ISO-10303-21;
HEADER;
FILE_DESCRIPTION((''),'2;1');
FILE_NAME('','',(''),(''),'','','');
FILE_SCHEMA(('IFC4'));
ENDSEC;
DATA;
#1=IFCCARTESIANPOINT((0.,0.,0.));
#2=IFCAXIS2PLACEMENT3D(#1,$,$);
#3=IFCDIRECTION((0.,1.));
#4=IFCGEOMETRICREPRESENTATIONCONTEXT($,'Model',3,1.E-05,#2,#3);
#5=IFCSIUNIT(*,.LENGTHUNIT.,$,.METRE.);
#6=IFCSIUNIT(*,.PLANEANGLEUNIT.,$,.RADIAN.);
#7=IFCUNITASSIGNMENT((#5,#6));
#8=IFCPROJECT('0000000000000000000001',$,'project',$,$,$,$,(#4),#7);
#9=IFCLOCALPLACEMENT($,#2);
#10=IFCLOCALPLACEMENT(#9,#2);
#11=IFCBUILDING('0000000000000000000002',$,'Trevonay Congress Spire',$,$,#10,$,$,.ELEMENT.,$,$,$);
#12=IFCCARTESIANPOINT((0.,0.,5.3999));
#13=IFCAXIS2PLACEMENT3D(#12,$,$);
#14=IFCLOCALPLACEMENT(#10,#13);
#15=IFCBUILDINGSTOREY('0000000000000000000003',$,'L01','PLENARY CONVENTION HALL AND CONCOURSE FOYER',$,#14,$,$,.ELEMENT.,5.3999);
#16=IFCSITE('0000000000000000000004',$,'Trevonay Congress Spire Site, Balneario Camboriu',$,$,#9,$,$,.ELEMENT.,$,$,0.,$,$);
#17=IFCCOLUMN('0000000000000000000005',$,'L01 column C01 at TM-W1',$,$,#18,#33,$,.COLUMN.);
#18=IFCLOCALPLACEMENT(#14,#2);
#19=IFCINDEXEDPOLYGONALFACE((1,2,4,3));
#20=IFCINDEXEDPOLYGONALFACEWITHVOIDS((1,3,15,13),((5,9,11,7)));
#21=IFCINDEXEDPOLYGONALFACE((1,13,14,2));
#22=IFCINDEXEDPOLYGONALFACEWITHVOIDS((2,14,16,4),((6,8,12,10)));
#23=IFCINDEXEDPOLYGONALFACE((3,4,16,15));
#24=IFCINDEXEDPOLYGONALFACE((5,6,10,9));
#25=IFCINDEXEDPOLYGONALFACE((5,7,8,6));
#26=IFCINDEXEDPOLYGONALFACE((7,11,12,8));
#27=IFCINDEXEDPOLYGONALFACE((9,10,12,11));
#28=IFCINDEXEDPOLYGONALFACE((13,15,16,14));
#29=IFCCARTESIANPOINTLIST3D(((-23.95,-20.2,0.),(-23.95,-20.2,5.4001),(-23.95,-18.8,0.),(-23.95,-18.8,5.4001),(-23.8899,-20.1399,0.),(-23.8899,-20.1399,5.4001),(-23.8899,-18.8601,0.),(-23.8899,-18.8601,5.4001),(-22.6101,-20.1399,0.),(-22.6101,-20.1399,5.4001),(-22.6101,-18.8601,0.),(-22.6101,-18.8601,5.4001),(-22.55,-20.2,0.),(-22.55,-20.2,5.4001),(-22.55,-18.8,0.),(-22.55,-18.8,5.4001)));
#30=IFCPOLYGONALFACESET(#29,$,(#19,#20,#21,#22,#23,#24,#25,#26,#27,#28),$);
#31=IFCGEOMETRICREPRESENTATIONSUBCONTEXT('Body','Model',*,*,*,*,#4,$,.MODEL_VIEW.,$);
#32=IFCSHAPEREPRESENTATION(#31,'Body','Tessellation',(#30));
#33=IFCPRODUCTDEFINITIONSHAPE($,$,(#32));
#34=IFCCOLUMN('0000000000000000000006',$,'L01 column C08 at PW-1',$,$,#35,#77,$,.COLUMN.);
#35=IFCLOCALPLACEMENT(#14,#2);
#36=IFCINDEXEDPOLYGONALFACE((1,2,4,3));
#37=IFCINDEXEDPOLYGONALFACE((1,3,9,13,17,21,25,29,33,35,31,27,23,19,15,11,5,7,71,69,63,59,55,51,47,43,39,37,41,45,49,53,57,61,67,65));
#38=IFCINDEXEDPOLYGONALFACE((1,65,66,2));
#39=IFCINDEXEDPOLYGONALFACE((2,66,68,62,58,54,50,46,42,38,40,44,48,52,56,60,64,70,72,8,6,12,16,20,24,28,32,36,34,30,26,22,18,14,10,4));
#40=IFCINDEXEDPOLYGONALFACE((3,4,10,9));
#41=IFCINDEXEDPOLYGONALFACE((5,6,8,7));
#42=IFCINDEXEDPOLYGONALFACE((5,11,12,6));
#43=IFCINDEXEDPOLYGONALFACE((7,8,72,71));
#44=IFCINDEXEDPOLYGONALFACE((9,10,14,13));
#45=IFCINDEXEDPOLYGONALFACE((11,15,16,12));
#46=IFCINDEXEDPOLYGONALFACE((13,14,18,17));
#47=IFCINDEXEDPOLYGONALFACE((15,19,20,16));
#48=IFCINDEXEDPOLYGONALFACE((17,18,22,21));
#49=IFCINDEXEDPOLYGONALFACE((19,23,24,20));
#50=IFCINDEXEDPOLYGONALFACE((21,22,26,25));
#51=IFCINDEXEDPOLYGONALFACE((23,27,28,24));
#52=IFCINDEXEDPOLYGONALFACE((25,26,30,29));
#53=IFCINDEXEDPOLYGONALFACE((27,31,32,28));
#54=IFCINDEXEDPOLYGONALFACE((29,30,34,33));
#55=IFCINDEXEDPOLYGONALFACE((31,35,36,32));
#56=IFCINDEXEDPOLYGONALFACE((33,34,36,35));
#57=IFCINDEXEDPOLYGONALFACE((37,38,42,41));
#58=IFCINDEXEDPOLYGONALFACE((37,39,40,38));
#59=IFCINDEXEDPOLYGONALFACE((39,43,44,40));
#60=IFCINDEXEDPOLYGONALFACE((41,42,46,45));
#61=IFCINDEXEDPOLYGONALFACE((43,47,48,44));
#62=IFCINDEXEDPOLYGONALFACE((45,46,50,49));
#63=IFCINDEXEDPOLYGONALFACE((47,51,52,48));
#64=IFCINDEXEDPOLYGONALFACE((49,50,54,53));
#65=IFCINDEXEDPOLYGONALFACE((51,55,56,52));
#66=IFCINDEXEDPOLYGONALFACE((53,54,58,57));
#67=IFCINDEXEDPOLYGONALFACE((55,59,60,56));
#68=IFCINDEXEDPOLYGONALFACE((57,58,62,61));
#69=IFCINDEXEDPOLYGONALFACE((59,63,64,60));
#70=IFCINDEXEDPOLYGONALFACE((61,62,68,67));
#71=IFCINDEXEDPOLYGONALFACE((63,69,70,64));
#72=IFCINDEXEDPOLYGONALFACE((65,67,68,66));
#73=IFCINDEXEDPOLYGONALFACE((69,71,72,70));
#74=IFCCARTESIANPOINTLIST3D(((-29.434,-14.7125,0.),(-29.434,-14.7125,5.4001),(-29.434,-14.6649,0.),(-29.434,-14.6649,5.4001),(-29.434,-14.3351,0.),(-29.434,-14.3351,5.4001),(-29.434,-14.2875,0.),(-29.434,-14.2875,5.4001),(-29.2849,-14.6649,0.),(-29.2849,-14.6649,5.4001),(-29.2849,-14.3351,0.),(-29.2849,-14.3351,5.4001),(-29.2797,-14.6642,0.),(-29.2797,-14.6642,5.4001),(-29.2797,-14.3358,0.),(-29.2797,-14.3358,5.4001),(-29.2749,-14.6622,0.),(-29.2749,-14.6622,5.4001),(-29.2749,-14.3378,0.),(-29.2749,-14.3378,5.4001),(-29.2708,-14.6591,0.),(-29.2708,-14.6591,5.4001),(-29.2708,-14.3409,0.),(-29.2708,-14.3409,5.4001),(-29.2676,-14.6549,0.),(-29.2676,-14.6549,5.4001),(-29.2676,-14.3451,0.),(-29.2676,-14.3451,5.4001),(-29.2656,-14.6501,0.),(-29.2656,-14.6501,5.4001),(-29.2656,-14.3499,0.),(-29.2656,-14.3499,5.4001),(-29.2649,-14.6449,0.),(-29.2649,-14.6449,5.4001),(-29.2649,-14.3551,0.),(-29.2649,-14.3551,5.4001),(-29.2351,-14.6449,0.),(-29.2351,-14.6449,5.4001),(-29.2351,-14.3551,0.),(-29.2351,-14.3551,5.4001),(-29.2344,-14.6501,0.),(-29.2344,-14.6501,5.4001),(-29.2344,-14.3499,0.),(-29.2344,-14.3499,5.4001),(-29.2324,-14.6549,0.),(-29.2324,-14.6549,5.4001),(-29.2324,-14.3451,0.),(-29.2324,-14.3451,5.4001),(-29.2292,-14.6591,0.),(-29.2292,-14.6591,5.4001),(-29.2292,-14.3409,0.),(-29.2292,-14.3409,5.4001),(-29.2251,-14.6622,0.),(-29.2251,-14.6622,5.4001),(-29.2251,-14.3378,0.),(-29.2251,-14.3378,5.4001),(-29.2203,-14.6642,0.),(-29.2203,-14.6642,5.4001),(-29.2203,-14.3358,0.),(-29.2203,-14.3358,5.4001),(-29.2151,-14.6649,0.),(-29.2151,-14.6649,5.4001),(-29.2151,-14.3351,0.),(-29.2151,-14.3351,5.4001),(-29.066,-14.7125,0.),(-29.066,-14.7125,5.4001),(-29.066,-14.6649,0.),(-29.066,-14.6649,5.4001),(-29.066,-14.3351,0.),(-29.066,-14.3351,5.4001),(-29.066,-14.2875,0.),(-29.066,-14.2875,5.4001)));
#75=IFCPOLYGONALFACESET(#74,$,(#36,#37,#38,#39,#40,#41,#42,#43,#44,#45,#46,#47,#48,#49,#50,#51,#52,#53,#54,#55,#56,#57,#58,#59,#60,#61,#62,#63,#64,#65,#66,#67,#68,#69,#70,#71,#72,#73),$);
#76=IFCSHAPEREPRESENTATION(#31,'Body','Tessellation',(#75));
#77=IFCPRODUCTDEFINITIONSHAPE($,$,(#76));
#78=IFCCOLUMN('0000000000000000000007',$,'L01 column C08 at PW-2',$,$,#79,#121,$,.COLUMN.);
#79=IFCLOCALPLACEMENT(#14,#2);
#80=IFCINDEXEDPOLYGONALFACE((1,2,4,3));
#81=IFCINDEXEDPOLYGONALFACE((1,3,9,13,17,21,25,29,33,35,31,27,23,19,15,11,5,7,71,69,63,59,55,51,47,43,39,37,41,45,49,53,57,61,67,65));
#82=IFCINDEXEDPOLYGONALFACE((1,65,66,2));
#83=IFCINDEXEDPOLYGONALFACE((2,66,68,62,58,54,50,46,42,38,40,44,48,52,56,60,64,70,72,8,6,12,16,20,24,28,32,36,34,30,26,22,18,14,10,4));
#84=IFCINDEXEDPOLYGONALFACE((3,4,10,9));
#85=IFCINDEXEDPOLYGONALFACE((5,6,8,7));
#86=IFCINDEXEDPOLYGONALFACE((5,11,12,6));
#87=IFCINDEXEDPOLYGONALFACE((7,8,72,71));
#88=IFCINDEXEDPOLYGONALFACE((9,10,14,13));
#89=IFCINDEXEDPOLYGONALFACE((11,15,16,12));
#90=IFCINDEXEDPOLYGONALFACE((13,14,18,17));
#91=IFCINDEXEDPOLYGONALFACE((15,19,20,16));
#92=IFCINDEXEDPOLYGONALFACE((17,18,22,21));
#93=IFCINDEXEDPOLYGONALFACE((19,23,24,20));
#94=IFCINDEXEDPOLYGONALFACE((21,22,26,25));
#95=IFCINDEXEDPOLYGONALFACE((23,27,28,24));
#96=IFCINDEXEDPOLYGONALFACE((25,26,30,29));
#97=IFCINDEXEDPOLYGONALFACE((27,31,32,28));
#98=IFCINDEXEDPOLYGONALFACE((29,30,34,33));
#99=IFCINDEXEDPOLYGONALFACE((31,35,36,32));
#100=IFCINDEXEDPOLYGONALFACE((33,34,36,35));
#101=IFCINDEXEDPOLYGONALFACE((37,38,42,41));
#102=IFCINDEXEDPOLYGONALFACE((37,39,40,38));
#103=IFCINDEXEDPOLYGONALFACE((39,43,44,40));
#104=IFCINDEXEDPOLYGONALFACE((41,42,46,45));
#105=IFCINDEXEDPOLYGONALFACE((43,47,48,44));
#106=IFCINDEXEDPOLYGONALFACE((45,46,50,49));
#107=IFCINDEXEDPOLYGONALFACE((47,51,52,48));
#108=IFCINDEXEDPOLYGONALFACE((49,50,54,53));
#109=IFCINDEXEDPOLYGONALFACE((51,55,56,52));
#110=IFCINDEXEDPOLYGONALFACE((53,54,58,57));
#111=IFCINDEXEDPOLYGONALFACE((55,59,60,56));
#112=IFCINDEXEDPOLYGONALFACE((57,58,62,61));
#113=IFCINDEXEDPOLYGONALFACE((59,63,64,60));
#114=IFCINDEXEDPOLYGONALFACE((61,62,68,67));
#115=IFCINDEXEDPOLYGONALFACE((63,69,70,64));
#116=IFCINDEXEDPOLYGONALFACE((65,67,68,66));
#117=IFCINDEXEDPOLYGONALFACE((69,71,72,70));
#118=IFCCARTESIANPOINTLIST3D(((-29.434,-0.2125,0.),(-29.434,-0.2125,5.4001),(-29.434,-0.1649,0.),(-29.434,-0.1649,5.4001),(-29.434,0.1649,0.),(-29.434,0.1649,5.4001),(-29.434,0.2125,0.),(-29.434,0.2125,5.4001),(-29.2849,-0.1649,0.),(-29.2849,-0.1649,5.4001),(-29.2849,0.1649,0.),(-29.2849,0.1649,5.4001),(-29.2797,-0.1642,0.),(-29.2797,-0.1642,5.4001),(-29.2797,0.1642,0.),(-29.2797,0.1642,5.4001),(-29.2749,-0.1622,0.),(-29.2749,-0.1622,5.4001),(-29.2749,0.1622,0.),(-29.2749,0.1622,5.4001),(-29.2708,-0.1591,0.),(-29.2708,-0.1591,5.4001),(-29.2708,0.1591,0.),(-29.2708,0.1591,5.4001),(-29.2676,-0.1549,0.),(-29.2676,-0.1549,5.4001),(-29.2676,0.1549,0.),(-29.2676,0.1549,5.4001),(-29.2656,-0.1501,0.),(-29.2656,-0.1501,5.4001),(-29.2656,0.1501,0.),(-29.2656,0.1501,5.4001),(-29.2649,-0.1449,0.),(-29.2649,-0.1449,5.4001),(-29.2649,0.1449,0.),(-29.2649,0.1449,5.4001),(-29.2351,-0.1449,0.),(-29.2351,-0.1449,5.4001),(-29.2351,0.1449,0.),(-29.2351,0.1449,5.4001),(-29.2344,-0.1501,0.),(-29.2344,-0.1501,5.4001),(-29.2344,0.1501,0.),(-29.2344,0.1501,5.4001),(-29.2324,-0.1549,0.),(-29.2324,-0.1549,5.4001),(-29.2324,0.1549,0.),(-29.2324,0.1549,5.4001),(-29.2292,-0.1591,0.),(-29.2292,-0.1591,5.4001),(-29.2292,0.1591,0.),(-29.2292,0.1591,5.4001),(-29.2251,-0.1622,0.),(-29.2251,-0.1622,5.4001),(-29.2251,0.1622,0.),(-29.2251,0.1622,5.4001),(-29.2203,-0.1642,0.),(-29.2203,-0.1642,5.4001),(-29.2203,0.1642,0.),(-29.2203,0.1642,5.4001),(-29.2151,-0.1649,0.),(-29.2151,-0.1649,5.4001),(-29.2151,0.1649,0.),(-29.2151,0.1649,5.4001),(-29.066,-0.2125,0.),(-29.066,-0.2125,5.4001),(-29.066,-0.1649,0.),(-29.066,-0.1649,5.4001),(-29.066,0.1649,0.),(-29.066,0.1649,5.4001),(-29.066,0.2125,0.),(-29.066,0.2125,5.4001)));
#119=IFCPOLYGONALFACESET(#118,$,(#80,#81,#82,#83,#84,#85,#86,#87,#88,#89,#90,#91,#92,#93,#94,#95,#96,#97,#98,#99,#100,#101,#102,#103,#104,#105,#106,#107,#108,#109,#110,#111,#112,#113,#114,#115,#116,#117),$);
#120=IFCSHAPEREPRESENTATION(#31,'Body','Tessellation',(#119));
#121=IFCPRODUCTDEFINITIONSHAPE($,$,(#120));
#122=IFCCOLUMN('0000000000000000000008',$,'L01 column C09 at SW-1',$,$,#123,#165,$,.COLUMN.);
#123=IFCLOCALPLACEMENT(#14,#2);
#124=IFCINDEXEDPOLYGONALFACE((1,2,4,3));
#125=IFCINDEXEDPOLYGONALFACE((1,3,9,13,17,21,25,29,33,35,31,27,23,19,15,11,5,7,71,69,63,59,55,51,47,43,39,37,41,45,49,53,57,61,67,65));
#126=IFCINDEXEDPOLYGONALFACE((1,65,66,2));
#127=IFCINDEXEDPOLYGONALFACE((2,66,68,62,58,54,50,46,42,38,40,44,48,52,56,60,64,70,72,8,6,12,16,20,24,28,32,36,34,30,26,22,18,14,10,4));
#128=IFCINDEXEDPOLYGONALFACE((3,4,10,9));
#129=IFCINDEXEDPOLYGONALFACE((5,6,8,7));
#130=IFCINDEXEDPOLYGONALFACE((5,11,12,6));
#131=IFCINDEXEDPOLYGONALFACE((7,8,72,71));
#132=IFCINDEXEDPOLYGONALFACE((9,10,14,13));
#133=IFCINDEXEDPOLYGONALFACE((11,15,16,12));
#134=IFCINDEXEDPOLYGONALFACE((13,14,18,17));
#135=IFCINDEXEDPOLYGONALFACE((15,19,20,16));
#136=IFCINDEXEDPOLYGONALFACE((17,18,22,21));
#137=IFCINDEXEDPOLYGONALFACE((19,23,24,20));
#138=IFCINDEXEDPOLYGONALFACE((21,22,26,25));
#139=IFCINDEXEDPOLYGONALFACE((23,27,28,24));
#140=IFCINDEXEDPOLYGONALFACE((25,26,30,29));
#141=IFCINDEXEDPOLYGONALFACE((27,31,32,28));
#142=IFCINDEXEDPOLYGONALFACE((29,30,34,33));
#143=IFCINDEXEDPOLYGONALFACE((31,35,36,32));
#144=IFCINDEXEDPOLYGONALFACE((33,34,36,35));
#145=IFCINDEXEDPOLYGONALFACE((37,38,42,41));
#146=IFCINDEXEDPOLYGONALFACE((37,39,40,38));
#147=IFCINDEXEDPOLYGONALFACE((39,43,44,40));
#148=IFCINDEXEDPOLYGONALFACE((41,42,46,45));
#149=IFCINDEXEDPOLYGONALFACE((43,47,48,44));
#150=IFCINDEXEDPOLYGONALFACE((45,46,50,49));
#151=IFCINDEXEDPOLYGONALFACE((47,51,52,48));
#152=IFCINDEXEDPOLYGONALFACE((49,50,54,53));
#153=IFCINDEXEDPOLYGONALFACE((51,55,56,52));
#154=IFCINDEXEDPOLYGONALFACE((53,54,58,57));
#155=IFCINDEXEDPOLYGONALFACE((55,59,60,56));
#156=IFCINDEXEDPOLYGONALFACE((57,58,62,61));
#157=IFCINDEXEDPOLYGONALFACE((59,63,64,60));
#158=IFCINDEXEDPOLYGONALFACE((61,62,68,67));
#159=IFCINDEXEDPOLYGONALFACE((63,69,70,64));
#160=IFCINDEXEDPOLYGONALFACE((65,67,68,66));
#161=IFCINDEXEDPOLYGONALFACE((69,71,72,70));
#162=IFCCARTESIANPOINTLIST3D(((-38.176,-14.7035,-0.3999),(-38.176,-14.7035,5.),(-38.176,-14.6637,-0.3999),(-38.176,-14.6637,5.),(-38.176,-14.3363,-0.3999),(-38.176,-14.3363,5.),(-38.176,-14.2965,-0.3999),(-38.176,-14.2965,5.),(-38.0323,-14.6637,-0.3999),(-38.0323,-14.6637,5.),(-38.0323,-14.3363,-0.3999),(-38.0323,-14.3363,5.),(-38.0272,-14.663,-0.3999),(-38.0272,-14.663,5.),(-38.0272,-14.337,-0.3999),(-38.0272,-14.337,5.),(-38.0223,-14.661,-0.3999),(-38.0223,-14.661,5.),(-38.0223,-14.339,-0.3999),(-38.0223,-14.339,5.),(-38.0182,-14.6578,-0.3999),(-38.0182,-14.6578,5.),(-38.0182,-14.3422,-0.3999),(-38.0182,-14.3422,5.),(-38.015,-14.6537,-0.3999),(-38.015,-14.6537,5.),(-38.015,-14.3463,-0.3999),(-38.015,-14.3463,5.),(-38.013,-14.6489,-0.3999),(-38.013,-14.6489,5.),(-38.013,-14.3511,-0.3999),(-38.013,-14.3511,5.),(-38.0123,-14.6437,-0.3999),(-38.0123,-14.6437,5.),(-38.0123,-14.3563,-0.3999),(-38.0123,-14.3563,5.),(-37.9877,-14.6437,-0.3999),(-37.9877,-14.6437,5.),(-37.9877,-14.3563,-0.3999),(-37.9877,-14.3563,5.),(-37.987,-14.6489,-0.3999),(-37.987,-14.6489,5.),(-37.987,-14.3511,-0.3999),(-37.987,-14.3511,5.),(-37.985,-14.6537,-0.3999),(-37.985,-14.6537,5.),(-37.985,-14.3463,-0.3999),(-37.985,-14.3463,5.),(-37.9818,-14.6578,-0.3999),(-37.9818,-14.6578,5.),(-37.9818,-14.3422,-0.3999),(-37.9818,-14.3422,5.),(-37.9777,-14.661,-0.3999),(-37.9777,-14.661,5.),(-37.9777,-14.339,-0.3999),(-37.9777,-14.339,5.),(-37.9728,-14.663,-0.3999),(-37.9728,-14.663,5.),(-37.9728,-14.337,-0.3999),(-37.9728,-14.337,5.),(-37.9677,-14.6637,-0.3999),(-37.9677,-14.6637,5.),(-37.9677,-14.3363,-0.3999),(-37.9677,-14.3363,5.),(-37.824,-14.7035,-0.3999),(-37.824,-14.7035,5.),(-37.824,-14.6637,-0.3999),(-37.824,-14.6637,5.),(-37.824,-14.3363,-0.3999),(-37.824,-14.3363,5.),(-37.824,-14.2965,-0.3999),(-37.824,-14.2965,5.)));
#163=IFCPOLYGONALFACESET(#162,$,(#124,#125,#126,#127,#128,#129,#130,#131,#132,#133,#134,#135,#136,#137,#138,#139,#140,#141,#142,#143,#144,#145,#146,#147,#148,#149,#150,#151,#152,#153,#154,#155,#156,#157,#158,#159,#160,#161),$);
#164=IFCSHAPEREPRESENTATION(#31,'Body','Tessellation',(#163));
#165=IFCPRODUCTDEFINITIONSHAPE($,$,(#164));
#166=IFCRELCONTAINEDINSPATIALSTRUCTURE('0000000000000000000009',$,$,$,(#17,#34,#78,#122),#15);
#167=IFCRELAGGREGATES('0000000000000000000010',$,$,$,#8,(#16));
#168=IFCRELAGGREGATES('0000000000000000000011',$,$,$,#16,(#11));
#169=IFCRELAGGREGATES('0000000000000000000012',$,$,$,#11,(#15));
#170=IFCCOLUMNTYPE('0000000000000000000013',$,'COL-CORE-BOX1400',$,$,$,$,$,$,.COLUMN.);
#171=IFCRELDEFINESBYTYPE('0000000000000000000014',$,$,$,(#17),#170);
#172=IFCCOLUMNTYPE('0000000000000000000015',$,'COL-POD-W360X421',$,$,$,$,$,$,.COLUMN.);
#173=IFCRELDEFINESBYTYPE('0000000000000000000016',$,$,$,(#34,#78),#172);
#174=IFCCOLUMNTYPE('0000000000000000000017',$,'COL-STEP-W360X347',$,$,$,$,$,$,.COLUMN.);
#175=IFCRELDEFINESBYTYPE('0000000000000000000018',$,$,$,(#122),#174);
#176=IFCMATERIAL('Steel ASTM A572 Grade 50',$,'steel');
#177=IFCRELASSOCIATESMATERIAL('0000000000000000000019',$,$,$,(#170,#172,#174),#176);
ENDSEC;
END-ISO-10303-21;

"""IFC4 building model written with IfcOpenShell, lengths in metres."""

from ifc_helpers import new_model, si_unit, direction, frame, origin, origin_2d, place, context, subcontext, project, spatial, hollow_rectangle, i_section, extrude, material, material_profile, profile_set, type_object, element, save


model = new_model("IFC4")

# Units and contexts
model_context = context("Model", 3, precision=1e-05, world=origin(), true_north=direction((0.0, 1.0)))
body_context = subcontext(model_context, "Body", "Model", "MODEL_VIEW")
ifc_project = project(units=[si_unit("LENGTHUNIT", "METRE"), si_unit("PLANEANGLEUNIT", "RADIAN")], contexts=[model_context])

# Site, building, storey
site_placement = place(None, origin())
site = spatial("IfcSite", under=ifc_project, at=site_placement, Name="Trevonay Congress Spire Site, Balneario Camboriu", CompositionType="ELEMENT", RefElevation=0.0)
building_placement = place(site_placement, origin())
building = spatial("IfcBuilding", under=site, at=building_placement, Name="Trevonay Congress Spire", CompositionType="ELEMENT")
storey_placement = place(building_placement, frame((0.0, 0.0, 5.3999)))
storey = spatial("IfcBuildingStorey", under=building, at=storey_placement, Name="L01", Description="PLENARY CONVENTION HALL AND CONCOURSE FOYER", CompositionType="ELEMENT", Elevation=5.3999)

# Columns
ifc_material_1 = material(Name="Steel ASTM A572 Grade 50", Category="steel")
ifc_material_profile_1 = material_profile(ifc_material_1, hollow_rectangle(XDim=1.3999, YDim=1.3999, WallThickness=0.0601, at=origin_2d()), Name="BOX 1400x1400x60")
ifc_profile_set_1 = profile_set([ifc_material_profile_1], Name="Steel ASTM A572 Grade 50")
column_type_1 = type_object("IfcColumnType", Name="COL-CORE-BOX1400", PredefinedType="COLUMN", material=ifc_profile_set_1)
column_placement = place(storey_placement, frame((-23.25, -19.5, 0.0), z_axis=(0.0, 0.0, 1.0), x_axis=(1.0, 0.0, 0.0)))
element("IfcColumn", 1, at=column_placement, inside=storey, type_object=column_type_1, Name="L01 column C01 at TM-W1", PredefinedType="COLUMN", context=body_context, shape_type="SweptSolid", body=[
    extrude(hollow_rectangle(XDim=1.3999, YDim=1.3999, WallThickness=0.0601, at=origin_2d()), origin(), (0.0, 0.0, 1.0), 5.4001),
])
ifc_material_profile_2 = material_profile(ifc_material_1, i_section(OverallWidth=0.3679, OverallDepth=0.425, WebThickness=0.0298, FlangeThickness=0.0476, FilletRadius=0.02, at=origin_2d()), Name="W360x421")
ifc_profile_set_2 = profile_set([ifc_material_profile_2], Name="Steel ASTM A572 Grade 50")
column_type_2 = type_object("IfcColumnType", Name="COL-POD-W360X421", PredefinedType="COLUMN", material=ifc_profile_set_2)
for number, where, z_axis, x_axis, name in (
    (2, (-29.25, -14.5, 0.0), (0.0, 0.0, 1.0), (1.0, 0.0, 0.0), "L01 column C08 at PW-1"),
    (3, (-29.25, 0.0, 0.0), (0.0, 0.0, 1.0), (1.0, 0.0, 0.0), "L01 column C08 at PW-2"),
):
    element("IfcColumn", number, at=place(storey_placement, frame(where, z_axis=z_axis, x_axis=x_axis)), inside=storey, type_object=column_type_2, Name=name, PredefinedType="COLUMN", context=body_context, shape_type="SweptSolid", body=[
        extrude(i_section(OverallWidth=0.3679, OverallDepth=0.425, WebThickness=0.0298, FlangeThickness=0.0476, FilletRadius=0.02, at=origin_2d()), origin(), (0.0, 0.0, 1.0), 5.4001),
    ])
ifc_material_profile_3 = material_profile(ifc_material_1, i_section(OverallWidth=0.3521, OverallDepth=0.407, WebThickness=0.0247, FlangeThickness=0.0398, FilletRadius=0.02, at=origin_2d()), Name="W360x347")
ifc_profile_set_3 = profile_set([ifc_material_profile_3], Name="Steel ASTM A572 Grade 50")
column_type_3 = type_object("IfcColumnType", Name="COL-STEP-W360X347", PredefinedType="COLUMN", material=ifc_profile_set_3)
for number, where, z_axis, x_axis, name in (
    (4, (-38.0, -14.5, -0.3999), (0.0, 0.0, 1.0), (1.0, 0.0, 0.0), "L01 column C09 at SW-1"),
):
    element("IfcColumn", number, at=place(storey_placement, frame(where, z_axis=z_axis, x_axis=x_axis)), inside=storey, type_object=column_type_3, Name=name, PredefinedType="COLUMN", context=body_context, shape_type="SweptSolid", body=[
        extrude(i_section(OverallWidth=0.3521, OverallDepth=0.407, WebThickness=0.0247, FlangeThickness=0.0398, FilletRadius=0.02, at=origin_2d()), origin(), (0.0, 0.0, 1.0), 5.3999),
    ])

save(model, "model.ifc")
